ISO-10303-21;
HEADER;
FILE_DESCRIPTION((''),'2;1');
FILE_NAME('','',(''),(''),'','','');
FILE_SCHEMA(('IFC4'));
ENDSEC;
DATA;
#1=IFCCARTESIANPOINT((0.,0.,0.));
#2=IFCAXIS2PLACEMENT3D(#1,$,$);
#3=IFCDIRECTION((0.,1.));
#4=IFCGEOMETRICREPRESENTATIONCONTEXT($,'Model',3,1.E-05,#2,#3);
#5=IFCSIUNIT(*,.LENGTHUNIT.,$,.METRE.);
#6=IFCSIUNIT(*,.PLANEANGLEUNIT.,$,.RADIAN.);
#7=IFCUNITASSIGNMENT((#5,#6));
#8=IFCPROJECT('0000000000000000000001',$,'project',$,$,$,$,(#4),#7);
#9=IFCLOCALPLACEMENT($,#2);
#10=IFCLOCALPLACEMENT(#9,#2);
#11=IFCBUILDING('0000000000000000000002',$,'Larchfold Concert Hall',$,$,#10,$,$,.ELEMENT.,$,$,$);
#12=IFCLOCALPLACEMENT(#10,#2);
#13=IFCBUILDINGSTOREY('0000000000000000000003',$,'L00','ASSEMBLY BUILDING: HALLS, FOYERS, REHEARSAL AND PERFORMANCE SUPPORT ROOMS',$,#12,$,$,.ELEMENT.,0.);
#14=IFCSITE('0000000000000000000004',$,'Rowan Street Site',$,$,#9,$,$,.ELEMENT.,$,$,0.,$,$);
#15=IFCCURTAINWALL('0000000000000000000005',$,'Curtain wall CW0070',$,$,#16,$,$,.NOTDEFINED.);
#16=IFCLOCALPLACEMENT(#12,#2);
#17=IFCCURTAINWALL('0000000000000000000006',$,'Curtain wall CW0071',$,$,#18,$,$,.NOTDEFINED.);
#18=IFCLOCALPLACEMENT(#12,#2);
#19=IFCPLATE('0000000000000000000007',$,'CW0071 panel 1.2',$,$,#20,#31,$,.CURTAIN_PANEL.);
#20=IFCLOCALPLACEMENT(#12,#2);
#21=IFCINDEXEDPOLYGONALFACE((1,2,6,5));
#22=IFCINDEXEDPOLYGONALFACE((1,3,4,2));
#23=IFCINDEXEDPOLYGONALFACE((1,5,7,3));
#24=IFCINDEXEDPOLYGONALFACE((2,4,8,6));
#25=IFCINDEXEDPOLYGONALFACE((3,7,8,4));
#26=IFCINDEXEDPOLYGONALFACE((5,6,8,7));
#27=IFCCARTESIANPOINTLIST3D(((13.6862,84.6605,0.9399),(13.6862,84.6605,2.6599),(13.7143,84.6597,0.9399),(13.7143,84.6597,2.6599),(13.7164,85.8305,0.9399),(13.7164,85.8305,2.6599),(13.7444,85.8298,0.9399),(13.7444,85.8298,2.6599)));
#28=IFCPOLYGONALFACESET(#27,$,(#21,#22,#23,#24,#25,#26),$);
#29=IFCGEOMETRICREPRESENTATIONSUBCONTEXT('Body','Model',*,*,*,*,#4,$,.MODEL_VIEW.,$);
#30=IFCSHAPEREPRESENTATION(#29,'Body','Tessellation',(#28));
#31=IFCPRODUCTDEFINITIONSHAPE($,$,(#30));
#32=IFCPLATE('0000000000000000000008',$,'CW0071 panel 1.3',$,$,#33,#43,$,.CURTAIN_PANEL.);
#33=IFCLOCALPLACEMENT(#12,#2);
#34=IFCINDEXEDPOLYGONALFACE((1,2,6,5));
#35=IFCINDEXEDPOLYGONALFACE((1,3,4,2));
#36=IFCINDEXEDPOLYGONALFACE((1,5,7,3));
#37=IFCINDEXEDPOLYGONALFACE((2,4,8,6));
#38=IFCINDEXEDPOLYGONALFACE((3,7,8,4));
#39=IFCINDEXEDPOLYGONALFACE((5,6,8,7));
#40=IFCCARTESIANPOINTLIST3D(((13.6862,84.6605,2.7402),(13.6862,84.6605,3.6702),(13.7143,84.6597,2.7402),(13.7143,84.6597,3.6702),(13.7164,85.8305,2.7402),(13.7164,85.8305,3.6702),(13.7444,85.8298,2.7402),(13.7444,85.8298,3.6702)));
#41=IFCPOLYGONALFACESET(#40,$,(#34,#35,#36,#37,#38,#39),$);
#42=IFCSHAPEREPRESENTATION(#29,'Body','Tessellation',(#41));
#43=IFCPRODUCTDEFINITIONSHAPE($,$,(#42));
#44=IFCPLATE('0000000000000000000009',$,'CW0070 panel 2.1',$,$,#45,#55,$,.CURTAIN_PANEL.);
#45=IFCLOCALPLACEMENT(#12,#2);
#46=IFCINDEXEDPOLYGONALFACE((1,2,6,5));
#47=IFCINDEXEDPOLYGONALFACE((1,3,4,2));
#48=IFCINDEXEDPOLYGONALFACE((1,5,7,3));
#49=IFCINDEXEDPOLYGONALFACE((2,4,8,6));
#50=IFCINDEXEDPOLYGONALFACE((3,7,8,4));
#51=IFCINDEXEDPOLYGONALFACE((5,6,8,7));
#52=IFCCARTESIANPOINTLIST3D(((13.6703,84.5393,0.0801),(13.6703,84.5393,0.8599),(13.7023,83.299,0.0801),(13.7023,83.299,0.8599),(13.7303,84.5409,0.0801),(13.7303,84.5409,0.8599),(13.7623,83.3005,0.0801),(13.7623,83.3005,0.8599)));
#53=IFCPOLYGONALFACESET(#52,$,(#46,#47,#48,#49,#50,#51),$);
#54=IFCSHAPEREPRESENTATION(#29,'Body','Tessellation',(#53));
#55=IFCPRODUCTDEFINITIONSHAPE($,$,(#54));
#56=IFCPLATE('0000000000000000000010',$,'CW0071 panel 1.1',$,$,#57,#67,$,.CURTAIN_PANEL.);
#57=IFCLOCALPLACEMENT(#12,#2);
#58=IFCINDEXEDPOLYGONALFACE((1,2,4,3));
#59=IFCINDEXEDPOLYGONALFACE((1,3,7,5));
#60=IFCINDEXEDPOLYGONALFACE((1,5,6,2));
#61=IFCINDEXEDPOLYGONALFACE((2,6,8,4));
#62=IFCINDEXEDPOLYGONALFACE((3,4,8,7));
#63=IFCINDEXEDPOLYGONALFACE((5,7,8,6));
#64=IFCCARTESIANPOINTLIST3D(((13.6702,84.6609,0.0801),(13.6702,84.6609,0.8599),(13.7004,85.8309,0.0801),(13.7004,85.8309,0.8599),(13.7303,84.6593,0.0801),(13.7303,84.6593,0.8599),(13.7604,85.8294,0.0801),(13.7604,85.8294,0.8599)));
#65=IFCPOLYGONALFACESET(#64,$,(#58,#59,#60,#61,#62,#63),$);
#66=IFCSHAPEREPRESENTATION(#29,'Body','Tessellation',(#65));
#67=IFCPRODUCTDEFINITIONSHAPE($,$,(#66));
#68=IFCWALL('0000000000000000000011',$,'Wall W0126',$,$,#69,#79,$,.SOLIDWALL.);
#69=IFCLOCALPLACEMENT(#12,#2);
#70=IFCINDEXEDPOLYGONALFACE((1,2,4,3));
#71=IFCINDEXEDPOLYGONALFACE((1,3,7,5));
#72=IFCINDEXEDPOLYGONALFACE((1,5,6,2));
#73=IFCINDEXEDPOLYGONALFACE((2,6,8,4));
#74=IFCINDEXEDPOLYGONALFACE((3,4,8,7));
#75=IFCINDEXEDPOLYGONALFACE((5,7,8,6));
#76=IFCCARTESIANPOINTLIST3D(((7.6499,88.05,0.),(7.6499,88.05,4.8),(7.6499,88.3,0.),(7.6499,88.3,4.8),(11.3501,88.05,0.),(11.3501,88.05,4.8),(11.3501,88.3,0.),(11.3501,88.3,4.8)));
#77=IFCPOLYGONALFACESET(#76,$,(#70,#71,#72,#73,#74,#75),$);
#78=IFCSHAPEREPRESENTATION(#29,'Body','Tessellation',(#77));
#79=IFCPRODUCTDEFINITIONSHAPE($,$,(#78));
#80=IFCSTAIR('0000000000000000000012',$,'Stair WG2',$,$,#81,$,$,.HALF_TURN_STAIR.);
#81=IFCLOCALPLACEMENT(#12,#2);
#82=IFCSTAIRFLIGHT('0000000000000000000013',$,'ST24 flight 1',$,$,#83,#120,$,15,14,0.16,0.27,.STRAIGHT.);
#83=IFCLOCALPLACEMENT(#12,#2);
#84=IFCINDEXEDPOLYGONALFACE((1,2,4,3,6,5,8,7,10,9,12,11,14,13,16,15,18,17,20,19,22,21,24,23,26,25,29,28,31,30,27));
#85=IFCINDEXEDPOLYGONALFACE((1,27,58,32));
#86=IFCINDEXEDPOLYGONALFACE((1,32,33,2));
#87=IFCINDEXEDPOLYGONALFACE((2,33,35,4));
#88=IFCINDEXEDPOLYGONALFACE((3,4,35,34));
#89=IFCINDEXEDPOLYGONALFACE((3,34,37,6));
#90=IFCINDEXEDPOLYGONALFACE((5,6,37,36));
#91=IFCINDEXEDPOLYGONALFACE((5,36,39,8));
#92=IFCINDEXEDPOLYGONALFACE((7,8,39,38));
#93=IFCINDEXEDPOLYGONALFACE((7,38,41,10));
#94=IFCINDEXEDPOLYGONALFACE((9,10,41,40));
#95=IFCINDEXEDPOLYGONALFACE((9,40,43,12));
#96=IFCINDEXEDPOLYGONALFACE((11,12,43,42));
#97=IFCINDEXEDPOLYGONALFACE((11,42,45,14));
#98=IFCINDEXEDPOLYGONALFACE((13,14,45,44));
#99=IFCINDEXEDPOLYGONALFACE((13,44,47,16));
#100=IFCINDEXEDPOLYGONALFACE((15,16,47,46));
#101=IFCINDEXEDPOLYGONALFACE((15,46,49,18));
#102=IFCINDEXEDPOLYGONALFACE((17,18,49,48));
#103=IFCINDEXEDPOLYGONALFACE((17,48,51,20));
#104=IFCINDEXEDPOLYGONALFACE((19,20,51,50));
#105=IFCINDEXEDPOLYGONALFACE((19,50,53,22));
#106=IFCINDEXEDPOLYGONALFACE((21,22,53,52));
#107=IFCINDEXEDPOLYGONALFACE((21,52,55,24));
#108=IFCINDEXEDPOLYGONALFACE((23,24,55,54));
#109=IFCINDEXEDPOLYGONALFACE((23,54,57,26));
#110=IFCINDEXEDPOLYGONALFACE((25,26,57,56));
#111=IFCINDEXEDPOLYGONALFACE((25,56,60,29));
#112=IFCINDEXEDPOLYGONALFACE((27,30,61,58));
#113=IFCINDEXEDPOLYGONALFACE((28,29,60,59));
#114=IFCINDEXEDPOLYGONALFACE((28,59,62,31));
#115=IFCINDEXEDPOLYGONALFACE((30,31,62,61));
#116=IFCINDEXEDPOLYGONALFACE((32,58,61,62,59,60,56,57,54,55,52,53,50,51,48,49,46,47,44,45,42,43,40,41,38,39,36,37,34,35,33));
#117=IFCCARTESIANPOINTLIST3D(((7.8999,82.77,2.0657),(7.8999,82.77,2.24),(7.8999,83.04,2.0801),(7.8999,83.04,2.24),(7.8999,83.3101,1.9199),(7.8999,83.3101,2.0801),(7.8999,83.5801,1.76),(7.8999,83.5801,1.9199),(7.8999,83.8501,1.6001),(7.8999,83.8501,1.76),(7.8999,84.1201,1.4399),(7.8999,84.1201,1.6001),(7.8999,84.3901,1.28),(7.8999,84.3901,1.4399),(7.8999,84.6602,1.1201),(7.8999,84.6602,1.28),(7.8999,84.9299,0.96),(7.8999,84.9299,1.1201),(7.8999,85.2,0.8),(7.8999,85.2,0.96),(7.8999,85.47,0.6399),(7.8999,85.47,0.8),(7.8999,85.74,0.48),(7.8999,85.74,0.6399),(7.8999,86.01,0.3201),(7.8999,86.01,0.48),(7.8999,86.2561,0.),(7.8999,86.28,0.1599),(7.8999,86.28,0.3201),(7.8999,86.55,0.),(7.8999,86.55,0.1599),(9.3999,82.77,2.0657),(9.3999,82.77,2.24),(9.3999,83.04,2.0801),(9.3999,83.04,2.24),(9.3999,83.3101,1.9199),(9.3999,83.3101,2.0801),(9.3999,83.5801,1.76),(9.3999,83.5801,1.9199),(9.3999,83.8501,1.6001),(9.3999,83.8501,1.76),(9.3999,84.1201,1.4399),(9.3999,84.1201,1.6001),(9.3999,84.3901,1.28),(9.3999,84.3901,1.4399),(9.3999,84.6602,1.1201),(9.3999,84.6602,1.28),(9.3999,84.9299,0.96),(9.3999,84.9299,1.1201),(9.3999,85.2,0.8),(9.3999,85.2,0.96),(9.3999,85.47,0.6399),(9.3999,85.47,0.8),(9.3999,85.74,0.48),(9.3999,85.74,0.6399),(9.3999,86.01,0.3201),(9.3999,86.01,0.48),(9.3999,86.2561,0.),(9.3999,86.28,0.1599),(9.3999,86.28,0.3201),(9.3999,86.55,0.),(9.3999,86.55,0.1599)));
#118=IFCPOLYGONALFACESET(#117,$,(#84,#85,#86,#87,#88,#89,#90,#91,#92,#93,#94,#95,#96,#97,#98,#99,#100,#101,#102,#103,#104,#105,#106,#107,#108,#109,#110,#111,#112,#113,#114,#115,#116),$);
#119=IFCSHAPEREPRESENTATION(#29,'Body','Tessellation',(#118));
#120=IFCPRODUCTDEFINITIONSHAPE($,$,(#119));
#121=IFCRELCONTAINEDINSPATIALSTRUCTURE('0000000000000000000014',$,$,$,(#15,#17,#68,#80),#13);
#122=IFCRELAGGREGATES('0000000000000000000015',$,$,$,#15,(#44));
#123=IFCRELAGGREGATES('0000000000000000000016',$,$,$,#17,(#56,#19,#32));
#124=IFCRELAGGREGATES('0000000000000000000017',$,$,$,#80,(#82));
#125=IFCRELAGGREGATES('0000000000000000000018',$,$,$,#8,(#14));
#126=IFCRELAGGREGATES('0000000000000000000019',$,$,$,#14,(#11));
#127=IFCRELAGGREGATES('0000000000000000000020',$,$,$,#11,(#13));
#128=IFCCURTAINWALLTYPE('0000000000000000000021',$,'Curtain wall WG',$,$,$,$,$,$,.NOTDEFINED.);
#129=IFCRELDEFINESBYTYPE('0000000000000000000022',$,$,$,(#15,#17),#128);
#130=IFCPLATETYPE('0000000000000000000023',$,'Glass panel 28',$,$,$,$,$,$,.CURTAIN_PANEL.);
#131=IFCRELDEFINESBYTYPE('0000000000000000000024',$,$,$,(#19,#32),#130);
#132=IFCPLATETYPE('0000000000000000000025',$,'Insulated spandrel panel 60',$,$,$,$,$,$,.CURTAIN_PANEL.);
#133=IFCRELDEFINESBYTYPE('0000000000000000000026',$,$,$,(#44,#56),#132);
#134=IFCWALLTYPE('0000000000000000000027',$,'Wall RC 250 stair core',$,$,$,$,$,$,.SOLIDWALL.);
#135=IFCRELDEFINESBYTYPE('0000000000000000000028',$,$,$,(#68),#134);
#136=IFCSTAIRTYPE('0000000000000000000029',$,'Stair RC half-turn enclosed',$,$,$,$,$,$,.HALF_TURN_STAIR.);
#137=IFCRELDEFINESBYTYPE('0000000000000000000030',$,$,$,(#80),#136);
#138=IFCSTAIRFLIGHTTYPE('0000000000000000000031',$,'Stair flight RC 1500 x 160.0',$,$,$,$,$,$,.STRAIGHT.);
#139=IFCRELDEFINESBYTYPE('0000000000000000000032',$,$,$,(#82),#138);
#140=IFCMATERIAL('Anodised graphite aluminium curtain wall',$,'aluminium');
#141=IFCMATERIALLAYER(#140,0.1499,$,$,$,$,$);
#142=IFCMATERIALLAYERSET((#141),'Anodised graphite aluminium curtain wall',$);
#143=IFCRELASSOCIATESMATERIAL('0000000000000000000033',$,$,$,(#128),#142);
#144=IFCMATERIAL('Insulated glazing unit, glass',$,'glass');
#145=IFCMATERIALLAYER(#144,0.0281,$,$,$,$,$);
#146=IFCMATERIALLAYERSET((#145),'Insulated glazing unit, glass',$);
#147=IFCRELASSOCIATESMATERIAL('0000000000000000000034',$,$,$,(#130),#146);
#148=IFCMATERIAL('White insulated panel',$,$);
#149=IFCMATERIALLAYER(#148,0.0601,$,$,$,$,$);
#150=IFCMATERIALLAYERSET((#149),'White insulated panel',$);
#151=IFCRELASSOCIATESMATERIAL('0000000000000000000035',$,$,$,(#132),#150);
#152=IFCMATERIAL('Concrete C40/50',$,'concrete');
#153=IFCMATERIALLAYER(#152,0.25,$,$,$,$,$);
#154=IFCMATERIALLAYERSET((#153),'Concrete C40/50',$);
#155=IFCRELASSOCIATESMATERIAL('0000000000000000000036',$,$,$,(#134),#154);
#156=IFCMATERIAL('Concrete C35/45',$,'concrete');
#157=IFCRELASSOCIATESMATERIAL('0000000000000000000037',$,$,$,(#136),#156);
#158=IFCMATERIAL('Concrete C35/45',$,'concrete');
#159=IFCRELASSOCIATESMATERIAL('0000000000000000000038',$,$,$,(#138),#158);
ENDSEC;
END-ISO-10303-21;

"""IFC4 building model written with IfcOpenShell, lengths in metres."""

from ifc_helpers import new_model, si_unit, direction, frame, frame_2d, origin, origin_2d, place, context, subcontext, project, spatial, polyline, rectangle, outline, extrude, material, layer, layer_set, type_object, element, aggregate, save


model = new_model("IFC4")

# Units and contexts
model_context = context("Model", 3, precision=1e-05, world=origin(), true_north=direction((0.0, 1.0)))
body_context = subcontext(model_context, "Body", "Model", "MODEL_VIEW")
ifc_project = project(units=[si_unit("LENGTHUNIT", "METRE"), si_unit("PLANEANGLEUNIT", "RADIAN")], contexts=[model_context])

# Site, building, storey
site_placement = place(None, origin())
site = spatial("IfcSite", under=ifc_project, at=site_placement, Name="Rowan Street Site", CompositionType="ELEMENT", RefElevation=0.0)
building_placement = place(site_placement, origin())
building = spatial("IfcBuilding", under=site, at=building_placement, Name="Larchfold Concert Hall", CompositionType="ELEMENT")
storey_placement = place(building_placement, origin())
storey = spatial("IfcBuildingStorey", under=building, at=storey_placement, Name="L00", Description="ASSEMBLY BUILDING: HALLS, FOYERS, REHEARSAL AND PERFORMANCE SUPPORT ROOMS", CompositionType="ELEMENT", Elevation=0.0)

# Curtain wall
ifc_material_1 = material(Name="Anodised graphite aluminium curtain wall", Category="aluminium")
ifc_layer_1 = layer(ifc_material_1, 0.1499)
ifc_layer_set_1 = layer_set([ifc_layer_1], Name="Anodised graphite aluminium curtain wall")
curtain_wall_type = type_object("IfcCurtainWallType", Name="Curtain wall WG", PredefinedType="NOTDEFINED", material=ifc_layer_set_1)
curtain_wall_1_placement = place(storey_placement, origin())
curtain_wall_1 = element("IfcCurtainWall", 1, at=curtain_wall_1_placement, inside=storey, type_object=curtain_wall_type, Name="Curtain wall CW0070", PredefinedType="NOTDEFINED")

# Curtain wall
curtain_wall_2_placement = place(storey_placement, origin())
curtain_wall_2 = element("IfcCurtainWall", 2, at=curtain_wall_2_placement, inside=storey, type_object=curtain_wall_type, Name="Curtain wall CW0071", PredefinedType="NOTDEFINED")

# Plates
ifc_material_2 = material(Name="Insulated glazing unit, glass", Category="glass")
ifc_layer_2 = layer(ifc_material_2, 0.0281)
ifc_layer_set_2 = layer_set([ifc_layer_2], Name="Insulated glazing unit, glass")
plate_type_1 = type_object("IfcPlateType", Name="Glass panel 28", PredefinedType="CURTAIN_PANEL", material=ifc_layer_set_2)
plate_1_placement = place(storey_placement, frame((13.7153, 85.2451, 0.9399), z_axis=(0.0, 0.0, 1.0), x_axis=(0.025762, 0.999668, 0.0)))
plate_1 = element("IfcPlate", 3, at=plate_1_placement, type_object=plate_type_1, Name="CW0071 panel 1.2", PredefinedType="CURTAIN_PANEL", context=body_context, shape_type="SweptSolid", body=[
    extrude(rectangle(XDim=1.1704, YDim=0.0281, at=origin_2d()), origin(), (0.0, 0.0, 1.0), 1.72),
])
plate_2_placement = place(storey_placement, frame((13.7153, 85.2451, 2.7402), z_axis=(0.0, 0.0, 1.0), x_axis=(0.025762, 0.999668, 0.0)))
plate_2 = element("IfcPlate", 4, at=plate_2_placement, type_object=plate_type_1, Name="CW0071 panel 1.3", PredefinedType="CURTAIN_PANEL", context=body_context, shape_type="SweptSolid", body=[
    extrude(rectangle(XDim=1.1704, YDim=0.0281, at=origin_2d()), origin(), (0.0, 0.0, 1.0), 0.9299),
])
ifc_material_3 = material(Name="White insulated panel")
ifc_layer_3 = layer(ifc_material_3, 0.0601)
ifc_layer_set_3 = layer_set([ifc_layer_3], Name="White insulated panel")
plate_type_2 = type_object("IfcPlateType", Name="Insulated spandrel panel 60", PredefinedType="CURTAIN_PANEL", material=ifc_layer_set_3)
plate_3_placement = place(storey_placement, frame((13.7163, 83.9199, 0.0801), z_axis=(0.0, 0.0, 1.0), x_axis=(-0.025776, 0.999668, 0.0)))
plate_3 = element("IfcPlate", 5, at=plate_3_placement, type_object=plate_type_2, Name="CW0070 panel 2.1", PredefinedType="CURTAIN_PANEL", context=body_context, shape_type="SweptSolid", body=[
    extrude(rectangle(XDim=1.2407, YDim=0.0601, at=origin_2d()), origin(), (0.0, 0.0, 1.0), 0.7798),
])
aggregate(curtain_wall_1, [plate_3])
plate_4_placement = place(storey_placement, frame((13.7153, 85.2451, 0.0801), z_axis=(0.0, 0.0, 1.0), x_axis=(0.025762, 0.999668, 0.0)))
plate_4 = element("IfcPlate", 6, at=plate_4_placement, type_object=plate_type_2, Name="CW0071 panel 1.1", PredefinedType="CURTAIN_PANEL", context=body_context, shape_type="SweptSolid", body=[
    extrude(rectangle(XDim=1.1704, YDim=0.0601, at=origin_2d()), origin(), (0.0, 0.0, 1.0), 0.7798),
])
aggregate(curtain_wall_2, [plate_4, plate_1, plate_2])

# Wall
ifc_material_4 = material(Name="Concrete C40/50", Category="concrete")
ifc_layer_4 = layer(ifc_material_4, 0.25)
ifc_layer_set_4 = layer_set([ifc_layer_4], Name="Concrete C40/50")
wall_type = type_object("IfcWallType", Name="Wall RC 250 stair core", PredefinedType="SOLIDWALL", material=ifc_layer_set_4)
wall_placement = place(storey_placement, frame((7.6499, 88.175, 0.0), z_axis=(0.0, 0.0, 1.0), x_axis=(1.0, 0.0, 0.0)))
element("IfcWall", 7, at=wall_placement, inside=storey, type_object=wall_type, Name="Wall W0126", PredefinedType="SOLIDWALL", context=body_context, shape_type="SweptSolid", body=[
    extrude(rectangle(XDim=3.7002, YDim=0.25, at=frame_2d((1.8501, 0.0))), origin(), (0.0, 0.0, 1.0), 4.8),
])

# Stair, stair flight
ifc_material_5 = material(Name="Concrete C35/45", Category="concrete")
stair_type = type_object("IfcStairType", Name="Stair RC half-turn enclosed", PredefinedType="HALF_TURN_STAIR", material=ifc_material_5)
stair_placement = place(storey_placement, origin())
stair = element("IfcStair", 8, at=stair_placement, inside=storey, type_object=stair_type, Name="Stair WG2", PredefinedType="HALF_TURN_STAIR")
ifc_material_6 = material(Name="Concrete C35/45", Category="concrete")
stair_flight_type = type_object("IfcStairFlightType", Name="Stair flight RC 1500 x 160.0", PredefinedType="STRAIGHT", material=ifc_material_6)
stair_flight_placement = place(storey_placement, frame((8.6499, 86.55, 0.0), z_axis=(0.0, 0.0, 1.0), x_axis=(0.0, -1.0, 0.0)))
stair_flight = element("IfcStairFlight", 9, at=stair_flight_placement, type_object=stair_flight_type, Name="ST24 flight 1", NumberOfRisers=15, NumberOfTreads=14, PredefinedType="STRAIGHT", RiserHeight=0.16, TreadLength=0.27, context=body_context, shape_type="SweptSolid", body=[
    extrude(outline(polyline([(0.0, 0.0), (0.0, 0.1599), (0.27, 0.1599), (0.27, 0.3201), (0.54, 0.3201), (0.54, 0.48), (0.8101, 0.48), (0.8101, 0.6399), (1.0801, 0.6399), (1.0801, 0.8), (1.3501, 0.8), (1.3501, 0.96), (1.6201, 0.96), (1.6201, 1.1201), (1.8899, 1.1201), (1.8899, 1.28), (2.1599, 1.28), (2.1599, 1.4399), (2.4299, 1.4399), (2.4299, 1.6001), (2.7, 1.6001), (2.7, 1.76), (2.97, 1.76), (2.97, 1.9199), (3.24, 1.9199), (3.24, 2.0801), (3.51, 2.0801), (3.51, 2.24), (3.78, 2.24), (3.78, 2.3999), (3.78, 2.0657), (0.2939, 0.0), (0.0, 0.0)])), frame((0.0, 0.75, 0.0), z_axis=(0.0, -1.0, 0.0), x_axis=(1.0, 0.0, 0.0)), (0.0, 0.0, 1.0), 1.5),
])
aggregate(stair, [stair_flight])

save(model, "model.ifc")
